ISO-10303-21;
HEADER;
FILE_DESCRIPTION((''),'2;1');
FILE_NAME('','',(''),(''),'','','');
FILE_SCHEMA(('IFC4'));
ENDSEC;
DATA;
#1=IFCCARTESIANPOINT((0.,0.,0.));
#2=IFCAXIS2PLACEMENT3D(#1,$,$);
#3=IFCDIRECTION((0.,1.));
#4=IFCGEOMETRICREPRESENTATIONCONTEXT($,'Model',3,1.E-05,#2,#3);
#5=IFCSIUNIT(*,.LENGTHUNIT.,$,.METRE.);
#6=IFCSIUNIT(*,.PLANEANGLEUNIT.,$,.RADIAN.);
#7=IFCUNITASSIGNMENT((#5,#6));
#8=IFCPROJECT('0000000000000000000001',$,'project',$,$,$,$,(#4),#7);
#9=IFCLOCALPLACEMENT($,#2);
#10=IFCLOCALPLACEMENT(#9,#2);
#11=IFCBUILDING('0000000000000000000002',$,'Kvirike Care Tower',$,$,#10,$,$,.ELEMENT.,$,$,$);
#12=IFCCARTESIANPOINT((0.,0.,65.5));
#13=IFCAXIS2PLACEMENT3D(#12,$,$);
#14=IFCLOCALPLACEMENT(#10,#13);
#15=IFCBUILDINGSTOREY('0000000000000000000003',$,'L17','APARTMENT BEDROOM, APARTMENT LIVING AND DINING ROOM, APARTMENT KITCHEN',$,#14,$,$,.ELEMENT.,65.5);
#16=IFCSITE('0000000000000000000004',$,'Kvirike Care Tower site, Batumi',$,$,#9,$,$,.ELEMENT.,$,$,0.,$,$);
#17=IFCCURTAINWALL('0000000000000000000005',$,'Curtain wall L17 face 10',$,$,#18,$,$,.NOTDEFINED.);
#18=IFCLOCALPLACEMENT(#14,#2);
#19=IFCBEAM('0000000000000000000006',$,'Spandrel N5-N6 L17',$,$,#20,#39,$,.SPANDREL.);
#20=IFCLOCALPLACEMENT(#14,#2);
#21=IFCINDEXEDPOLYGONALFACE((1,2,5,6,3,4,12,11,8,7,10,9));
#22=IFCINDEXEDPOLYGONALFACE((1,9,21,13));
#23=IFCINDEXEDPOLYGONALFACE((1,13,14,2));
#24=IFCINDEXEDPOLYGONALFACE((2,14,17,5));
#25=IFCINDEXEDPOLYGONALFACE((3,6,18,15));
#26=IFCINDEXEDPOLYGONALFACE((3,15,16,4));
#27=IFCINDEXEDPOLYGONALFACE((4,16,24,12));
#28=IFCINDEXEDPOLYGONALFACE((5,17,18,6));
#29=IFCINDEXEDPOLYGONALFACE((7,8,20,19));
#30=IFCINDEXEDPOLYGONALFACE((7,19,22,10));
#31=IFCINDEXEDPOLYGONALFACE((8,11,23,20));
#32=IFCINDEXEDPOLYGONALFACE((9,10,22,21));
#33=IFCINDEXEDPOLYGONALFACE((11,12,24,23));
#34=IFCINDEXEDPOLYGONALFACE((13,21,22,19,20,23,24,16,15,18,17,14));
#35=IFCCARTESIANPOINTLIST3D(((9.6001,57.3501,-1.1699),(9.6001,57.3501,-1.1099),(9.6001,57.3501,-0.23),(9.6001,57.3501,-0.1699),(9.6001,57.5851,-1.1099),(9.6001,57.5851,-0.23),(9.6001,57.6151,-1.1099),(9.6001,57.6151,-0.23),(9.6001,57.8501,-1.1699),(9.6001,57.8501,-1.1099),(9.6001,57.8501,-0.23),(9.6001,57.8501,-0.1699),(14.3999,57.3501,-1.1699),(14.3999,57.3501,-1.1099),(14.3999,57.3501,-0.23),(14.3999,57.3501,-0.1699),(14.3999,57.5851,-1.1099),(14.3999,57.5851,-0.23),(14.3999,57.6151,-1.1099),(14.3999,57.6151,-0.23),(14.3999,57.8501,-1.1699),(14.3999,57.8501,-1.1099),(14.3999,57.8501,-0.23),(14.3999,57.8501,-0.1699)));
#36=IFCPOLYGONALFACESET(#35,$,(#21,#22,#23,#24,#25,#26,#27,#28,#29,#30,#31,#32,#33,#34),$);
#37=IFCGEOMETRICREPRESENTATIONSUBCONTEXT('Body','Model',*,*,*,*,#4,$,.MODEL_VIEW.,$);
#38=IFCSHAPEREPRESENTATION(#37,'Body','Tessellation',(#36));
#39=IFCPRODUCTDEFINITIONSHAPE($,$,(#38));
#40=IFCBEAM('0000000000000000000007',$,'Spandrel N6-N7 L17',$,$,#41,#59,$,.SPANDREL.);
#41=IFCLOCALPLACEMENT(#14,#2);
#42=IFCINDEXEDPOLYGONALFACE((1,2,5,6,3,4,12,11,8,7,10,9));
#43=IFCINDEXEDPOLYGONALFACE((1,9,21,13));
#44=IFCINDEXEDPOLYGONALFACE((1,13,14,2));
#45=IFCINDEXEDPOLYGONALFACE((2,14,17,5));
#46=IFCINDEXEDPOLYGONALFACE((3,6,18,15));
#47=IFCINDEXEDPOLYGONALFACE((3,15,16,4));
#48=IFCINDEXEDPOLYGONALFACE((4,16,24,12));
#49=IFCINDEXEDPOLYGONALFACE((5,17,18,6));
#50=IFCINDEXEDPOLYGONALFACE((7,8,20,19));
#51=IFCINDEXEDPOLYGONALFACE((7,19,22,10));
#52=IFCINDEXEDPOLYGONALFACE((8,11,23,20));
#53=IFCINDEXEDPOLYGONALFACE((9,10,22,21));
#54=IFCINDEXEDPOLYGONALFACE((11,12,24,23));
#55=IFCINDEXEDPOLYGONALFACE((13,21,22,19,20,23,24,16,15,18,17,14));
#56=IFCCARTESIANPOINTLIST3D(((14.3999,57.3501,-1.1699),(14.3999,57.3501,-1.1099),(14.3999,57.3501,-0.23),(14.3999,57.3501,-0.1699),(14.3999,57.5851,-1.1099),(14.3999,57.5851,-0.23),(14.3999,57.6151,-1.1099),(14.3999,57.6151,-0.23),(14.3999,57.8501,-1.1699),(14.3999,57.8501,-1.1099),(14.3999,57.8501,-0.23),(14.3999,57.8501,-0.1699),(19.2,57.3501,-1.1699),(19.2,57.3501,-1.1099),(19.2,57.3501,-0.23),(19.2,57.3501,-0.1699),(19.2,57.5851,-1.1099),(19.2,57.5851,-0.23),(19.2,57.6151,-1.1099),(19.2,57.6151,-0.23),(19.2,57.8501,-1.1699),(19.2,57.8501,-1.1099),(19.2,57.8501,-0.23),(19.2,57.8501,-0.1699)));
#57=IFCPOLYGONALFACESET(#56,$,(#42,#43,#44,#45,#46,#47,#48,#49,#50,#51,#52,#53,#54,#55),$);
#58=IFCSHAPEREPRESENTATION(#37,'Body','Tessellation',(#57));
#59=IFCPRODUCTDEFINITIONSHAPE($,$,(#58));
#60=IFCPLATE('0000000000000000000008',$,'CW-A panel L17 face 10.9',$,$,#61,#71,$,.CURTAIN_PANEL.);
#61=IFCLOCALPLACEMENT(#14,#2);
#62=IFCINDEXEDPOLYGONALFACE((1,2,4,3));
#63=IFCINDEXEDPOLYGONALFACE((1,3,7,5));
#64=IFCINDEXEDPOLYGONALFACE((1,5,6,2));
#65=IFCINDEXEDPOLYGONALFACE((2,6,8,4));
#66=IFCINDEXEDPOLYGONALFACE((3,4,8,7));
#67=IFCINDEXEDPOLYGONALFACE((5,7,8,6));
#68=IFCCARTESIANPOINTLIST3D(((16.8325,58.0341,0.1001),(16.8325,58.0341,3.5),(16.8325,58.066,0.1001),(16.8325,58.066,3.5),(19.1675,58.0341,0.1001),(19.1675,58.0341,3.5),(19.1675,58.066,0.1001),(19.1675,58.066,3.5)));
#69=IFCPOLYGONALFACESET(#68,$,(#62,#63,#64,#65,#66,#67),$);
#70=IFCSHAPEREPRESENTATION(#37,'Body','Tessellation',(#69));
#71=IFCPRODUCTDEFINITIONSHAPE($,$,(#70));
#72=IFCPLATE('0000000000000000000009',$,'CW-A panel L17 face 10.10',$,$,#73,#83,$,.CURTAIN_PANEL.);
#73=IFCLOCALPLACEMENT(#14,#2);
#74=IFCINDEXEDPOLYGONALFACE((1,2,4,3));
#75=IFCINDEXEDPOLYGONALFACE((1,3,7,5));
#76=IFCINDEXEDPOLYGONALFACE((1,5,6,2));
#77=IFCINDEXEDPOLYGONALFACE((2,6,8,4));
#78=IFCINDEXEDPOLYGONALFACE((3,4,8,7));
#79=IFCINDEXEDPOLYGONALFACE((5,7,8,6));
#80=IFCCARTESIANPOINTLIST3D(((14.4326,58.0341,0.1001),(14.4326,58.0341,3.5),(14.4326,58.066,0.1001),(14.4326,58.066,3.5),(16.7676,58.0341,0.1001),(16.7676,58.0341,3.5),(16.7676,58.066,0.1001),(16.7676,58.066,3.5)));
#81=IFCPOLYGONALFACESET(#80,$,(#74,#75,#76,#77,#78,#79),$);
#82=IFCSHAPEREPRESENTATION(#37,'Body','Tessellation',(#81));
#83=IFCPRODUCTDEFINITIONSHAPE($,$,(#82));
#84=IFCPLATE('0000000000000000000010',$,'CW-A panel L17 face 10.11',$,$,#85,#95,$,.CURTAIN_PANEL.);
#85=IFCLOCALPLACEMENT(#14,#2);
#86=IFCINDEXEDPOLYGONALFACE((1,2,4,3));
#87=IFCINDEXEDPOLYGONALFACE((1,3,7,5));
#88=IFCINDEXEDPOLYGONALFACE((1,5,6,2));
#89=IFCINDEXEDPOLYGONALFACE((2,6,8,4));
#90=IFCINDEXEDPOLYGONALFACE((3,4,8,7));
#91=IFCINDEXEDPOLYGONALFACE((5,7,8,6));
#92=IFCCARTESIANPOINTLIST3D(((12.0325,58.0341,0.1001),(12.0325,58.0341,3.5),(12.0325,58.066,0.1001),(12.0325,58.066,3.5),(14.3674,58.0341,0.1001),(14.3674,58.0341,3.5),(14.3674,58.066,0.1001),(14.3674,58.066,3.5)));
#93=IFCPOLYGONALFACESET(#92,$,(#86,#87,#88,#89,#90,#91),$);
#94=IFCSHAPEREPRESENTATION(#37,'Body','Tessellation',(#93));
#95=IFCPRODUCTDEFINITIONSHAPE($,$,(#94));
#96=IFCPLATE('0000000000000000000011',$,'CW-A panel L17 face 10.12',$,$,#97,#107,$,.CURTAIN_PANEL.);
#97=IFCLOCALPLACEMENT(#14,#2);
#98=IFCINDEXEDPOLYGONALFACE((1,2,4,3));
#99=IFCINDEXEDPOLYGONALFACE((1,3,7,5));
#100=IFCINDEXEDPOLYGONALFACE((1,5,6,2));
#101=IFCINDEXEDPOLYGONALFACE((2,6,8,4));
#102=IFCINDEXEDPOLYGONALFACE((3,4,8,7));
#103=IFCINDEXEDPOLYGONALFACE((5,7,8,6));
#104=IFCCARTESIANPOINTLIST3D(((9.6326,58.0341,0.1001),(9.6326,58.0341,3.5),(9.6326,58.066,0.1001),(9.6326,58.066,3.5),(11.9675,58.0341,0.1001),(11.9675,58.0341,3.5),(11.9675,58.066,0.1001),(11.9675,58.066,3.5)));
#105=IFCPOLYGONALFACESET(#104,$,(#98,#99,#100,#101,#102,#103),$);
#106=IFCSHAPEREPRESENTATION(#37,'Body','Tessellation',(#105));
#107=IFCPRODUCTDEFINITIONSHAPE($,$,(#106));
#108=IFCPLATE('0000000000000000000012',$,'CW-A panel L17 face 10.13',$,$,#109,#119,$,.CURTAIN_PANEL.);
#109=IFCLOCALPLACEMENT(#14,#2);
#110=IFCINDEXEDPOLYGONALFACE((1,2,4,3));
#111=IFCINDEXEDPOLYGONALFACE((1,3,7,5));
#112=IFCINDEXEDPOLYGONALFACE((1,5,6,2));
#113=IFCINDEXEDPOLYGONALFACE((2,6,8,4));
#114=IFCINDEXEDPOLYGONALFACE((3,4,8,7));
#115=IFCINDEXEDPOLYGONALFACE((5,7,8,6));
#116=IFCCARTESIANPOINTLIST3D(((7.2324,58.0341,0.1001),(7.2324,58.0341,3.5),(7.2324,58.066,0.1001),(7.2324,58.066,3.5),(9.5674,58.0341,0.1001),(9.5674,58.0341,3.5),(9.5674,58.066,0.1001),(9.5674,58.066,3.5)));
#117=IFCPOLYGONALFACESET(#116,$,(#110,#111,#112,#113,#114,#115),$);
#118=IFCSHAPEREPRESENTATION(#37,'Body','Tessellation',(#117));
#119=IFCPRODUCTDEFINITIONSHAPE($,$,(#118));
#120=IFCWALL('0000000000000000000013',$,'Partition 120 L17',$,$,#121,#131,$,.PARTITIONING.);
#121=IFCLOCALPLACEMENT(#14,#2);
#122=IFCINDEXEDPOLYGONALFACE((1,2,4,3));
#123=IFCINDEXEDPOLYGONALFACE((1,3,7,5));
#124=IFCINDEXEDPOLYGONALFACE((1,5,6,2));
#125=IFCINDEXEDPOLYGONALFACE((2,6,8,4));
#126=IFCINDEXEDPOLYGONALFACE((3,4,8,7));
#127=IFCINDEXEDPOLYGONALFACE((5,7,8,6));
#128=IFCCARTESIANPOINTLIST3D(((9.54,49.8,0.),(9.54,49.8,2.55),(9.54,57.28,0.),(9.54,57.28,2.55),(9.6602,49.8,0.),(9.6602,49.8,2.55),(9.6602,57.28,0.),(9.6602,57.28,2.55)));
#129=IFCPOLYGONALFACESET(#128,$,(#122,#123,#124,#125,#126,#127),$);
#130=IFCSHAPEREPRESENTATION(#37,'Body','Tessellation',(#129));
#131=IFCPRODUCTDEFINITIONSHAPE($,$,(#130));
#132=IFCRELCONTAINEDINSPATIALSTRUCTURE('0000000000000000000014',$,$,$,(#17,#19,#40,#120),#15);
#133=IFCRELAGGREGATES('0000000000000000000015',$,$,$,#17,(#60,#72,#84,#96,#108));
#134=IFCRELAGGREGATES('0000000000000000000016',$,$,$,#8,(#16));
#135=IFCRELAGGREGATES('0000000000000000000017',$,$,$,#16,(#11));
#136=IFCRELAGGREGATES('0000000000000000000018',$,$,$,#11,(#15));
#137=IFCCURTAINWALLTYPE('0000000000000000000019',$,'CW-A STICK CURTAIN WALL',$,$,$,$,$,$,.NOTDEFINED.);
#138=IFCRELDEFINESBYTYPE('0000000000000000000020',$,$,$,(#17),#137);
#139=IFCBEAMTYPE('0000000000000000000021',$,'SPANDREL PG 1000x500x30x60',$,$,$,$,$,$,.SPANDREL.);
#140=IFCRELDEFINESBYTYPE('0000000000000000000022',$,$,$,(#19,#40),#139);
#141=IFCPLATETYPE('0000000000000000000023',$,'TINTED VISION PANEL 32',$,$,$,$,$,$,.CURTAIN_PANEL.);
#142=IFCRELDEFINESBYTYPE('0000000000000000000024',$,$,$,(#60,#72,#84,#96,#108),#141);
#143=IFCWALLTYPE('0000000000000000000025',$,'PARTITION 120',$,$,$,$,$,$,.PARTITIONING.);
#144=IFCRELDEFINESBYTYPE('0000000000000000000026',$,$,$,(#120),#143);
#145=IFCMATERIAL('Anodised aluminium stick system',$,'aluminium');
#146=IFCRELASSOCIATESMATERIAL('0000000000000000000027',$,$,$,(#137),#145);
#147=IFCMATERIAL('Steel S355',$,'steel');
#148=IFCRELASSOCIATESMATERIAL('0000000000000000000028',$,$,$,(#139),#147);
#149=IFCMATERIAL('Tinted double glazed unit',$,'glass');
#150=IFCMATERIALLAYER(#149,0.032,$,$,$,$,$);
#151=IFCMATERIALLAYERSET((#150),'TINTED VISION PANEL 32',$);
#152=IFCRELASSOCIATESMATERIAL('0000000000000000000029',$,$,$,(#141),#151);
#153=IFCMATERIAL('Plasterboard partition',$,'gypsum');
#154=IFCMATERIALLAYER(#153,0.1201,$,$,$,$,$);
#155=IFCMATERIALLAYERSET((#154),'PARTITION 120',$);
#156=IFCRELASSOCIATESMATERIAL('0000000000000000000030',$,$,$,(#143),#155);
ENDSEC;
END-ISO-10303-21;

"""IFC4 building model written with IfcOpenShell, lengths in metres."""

from ifc_helpers import new_model, si_unit, direction, frame, frame_2d, origin, origin_2d, place, context, subcontext, project, spatial, rectangle, i_section, extrude, material, layer, layer_set, material_profile, profile_set, type_object, element, aggregate, save


model = new_model("IFC4")

# Units and contexts
model_context = context("Model", 3, precision=1e-05, world=origin(), true_north=direction((0.0, 1.0)))
body_context = subcontext(model_context, "Body", "Model", "MODEL_VIEW")
ifc_project = project(units=[si_unit("LENGTHUNIT", "METRE"), si_unit("PLANEANGLEUNIT", "RADIAN")], contexts=[model_context])

# Site, building, storey
site_placement = place(None, origin())
site = spatial("IfcSite", under=ifc_project, at=site_placement, Name="Kvirike Care Tower site, Batumi", CompositionType="ELEMENT", RefElevation=0.0)
building_placement = place(site_placement, origin())
building = spatial("IfcBuilding", under=site, at=building_placement, Name="Kvirike Care Tower", CompositionType="ELEMENT")
storey_placement = place(building_placement, frame((0.0, 0.0, 65.5)))
storey = spatial("IfcBuildingStorey", under=building, at=storey_placement, Name="L17", Description="APARTMENT BEDROOM, APARTMENT LIVING AND DINING ROOM, APARTMENT KITCHEN", CompositionType="ELEMENT", Elevation=65.5)

# Curtain wall
ifc_material_1 = material(Name="Anodised aluminium stick system", Category="aluminium")
curtain_wall_type = type_object("IfcCurtainWallType", Name="CW-A STICK CURTAIN WALL", PredefinedType="NOTDEFINED", material=ifc_material_1)
curtain_wall_placement = place(storey_placement, origin())
curtain_wall = element("IfcCurtainWall", 1, at=curtain_wall_placement, inside=storey, type_object=curtain_wall_type, Name="Curtain wall L17 face 10", PredefinedType="NOTDEFINED")

# Beams
ifc_material_2 = material(Name="Steel S355", Category="steel")
ifc_material_profile_1 = material_profile(ifc_material_2, i_section(OverallWidth=0.5, OverallDepth=1.0, WebThickness=0.03, FlangeThickness=0.0601, at=origin_2d()), Name="PG 1000x500x30x60")
ifc_profile_set_1 = profile_set([ifc_material_profile_1], Name="Steel S355")
beam_type = type_object("IfcBeamType", Name="SPANDREL PG 1000x500x30x60", PredefinedType="SPANDREL", material=ifc_profile_set_1)
beam_1_placement = place(storey_placement, frame((9.6001, 57.6001, -0.6699), z_axis=(1.0, 0.0, 0.0), x_axis=(0.0, 1.0, 0.0)))
element("IfcBeam", 2, at=beam_1_placement, inside=storey, type_object=beam_type, Name="Spandrel N5-N6 L17", PredefinedType="SPANDREL", context=body_context, shape_type="SweptSolid", body=[
    extrude(i_section(OverallWidth=0.5, OverallDepth=1.0, WebThickness=0.03, FlangeThickness=0.0601, at=origin_2d()), origin(), (0.0, 0.0, 1.0), 4.7998),
])
beam_2_placement = place(storey_placement, frame((14.3999, 57.6001, -0.6699), z_axis=(1.0, 0.0, 0.0), x_axis=(0.0, 1.0, 0.0)))
element("IfcBeam", 3, at=beam_2_placement, inside=storey, type_object=beam_type, Name="Spandrel N6-N7 L17", PredefinedType="SPANDREL", context=body_context, shape_type="SweptSolid", body=[
    extrude(i_section(OverallWidth=0.5, OverallDepth=1.0, WebThickness=0.03, FlangeThickness=0.0601, at=origin_2d()), origin(), (0.0, 0.0, 1.0), 4.8),
])

# Plates
ifc_material_3 = material(Name="Tinted double glazed unit", Category="glass")
ifc_layer_1 = layer(ifc_material_3, 0.032)
ifc_layer_set_1 = layer_set([ifc_layer_1], Name="TINTED VISION PANEL 32")
plate_type = type_object("IfcPlateType", Name="TINTED VISION PANEL 32", PredefinedType="CURTAIN_PANEL", material=ifc_layer_set_1)
plate_1_placement = place(storey_placement, frame((18.0, 58.05, 0.1001), z_axis=(0.0, 0.0, 1.0), x_axis=(-1.0, 0.0, 0.0)))
plate_1 = element("IfcPlate", 4, at=plate_1_placement, type_object=plate_type, Name="CW-A panel L17 face 10.9", PredefinedType="CURTAIN_PANEL", context=body_context, shape_type="SweptSolid", body=[
    extrude(rectangle(XDim=2.335, YDim=0.032, at=origin_2d()), origin(), (0.0, 0.0, 1.0), 3.3999),
])
plate_2_placement = place(storey_placement, frame((15.6001, 58.05, 0.1001), z_axis=(0.0, 0.0, 1.0), x_axis=(-1.0, 0.0, 0.0)))
plate_2 = element("IfcPlate", 5, at=plate_2_placement, type_object=plate_type, Name="CW-A panel L17 face 10.10", PredefinedType="CURTAIN_PANEL", context=body_context, shape_type="SweptSolid", body=[
    extrude(rectangle(XDim=2.335, YDim=0.032, at=origin_2d()), origin(), (0.0, 0.0, 1.0), 3.3999),
])
plate_3_placement = place(storey_placement, frame((13.2, 58.05, 0.1001), z_axis=(0.0, 0.0, 1.0), x_axis=(-1.0, 0.0, 0.0)))
plate_3 = element("IfcPlate", 6, at=plate_3_placement, type_object=plate_type, Name="CW-A panel L17 face 10.11", PredefinedType="CURTAIN_PANEL", context=body_context, shape_type="SweptSolid", body=[
    extrude(rectangle(XDim=2.335, YDim=0.032, at=origin_2d()), origin(), (0.0, 0.0, 1.0), 3.3999),
])
plate_4_placement = place(storey_placement, frame((10.8, 58.05, 0.1001), z_axis=(0.0, 0.0, 1.0), x_axis=(-1.0, 0.0, 0.0)))
plate_4 = element("IfcPlate", 7, at=plate_4_placement, type_object=plate_type, Name="CW-A panel L17 face 10.12", PredefinedType="CURTAIN_PANEL", context=body_context, shape_type="SweptSolid", body=[
    extrude(rectangle(XDim=2.335, YDim=0.032, at=origin_2d()), origin(), (0.0, 0.0, 1.0), 3.3999),
])
plate_5_placement = place(storey_placement, frame((8.3999, 58.05, 0.1001), z_axis=(0.0, 0.0, 1.0), x_axis=(-1.0, 0.0, 0.0)))
plate_5 = element("IfcPlate", 8, at=plate_5_placement, type_object=plate_type, Name="CW-A panel L17 face 10.13", PredefinedType="CURTAIN_PANEL", context=body_context, shape_type="SweptSolid", body=[
    extrude(rectangle(XDim=2.335, YDim=0.032, at=origin_2d()), origin(), (0.0, 0.0, 1.0), 3.3999),
])
aggregate(curtain_wall, [plate_1, plate_2, plate_3, plate_4, plate_5])

# Wall
ifc_material_4 = material(Name="Plasterboard partition", Category="gypsum")
ifc_layer_2 = layer(ifc_material_4, 0.1201)
ifc_layer_set_2 = layer_set([ifc_layer_2], Name="PARTITION 120")
wall_type = type_object("IfcWallType", Name="PARTITION 120", PredefinedType="PARTITIONING", material=ifc_layer_set_2)
wall_placement = place(storey_placement, frame((9.6001, 57.28, 0.0), z_axis=(0.0, 0.0, 1.0), x_axis=(0.0, -1.0, 0.0)))
element("IfcWall", 9, at=wall_placement, inside=storey, type_object=wall_type, Name="Partition 120 L17", PredefinedType="PARTITIONING", context=body_context, shape_type="SweptSolid", body=[
    extrude(rectangle(XDim=7.48, YDim=0.1201, at=frame_2d((3.74, 0.0))), origin(), (0.0, 0.0, 1.0), 2.55),
])

save(model, "model.ifc")
